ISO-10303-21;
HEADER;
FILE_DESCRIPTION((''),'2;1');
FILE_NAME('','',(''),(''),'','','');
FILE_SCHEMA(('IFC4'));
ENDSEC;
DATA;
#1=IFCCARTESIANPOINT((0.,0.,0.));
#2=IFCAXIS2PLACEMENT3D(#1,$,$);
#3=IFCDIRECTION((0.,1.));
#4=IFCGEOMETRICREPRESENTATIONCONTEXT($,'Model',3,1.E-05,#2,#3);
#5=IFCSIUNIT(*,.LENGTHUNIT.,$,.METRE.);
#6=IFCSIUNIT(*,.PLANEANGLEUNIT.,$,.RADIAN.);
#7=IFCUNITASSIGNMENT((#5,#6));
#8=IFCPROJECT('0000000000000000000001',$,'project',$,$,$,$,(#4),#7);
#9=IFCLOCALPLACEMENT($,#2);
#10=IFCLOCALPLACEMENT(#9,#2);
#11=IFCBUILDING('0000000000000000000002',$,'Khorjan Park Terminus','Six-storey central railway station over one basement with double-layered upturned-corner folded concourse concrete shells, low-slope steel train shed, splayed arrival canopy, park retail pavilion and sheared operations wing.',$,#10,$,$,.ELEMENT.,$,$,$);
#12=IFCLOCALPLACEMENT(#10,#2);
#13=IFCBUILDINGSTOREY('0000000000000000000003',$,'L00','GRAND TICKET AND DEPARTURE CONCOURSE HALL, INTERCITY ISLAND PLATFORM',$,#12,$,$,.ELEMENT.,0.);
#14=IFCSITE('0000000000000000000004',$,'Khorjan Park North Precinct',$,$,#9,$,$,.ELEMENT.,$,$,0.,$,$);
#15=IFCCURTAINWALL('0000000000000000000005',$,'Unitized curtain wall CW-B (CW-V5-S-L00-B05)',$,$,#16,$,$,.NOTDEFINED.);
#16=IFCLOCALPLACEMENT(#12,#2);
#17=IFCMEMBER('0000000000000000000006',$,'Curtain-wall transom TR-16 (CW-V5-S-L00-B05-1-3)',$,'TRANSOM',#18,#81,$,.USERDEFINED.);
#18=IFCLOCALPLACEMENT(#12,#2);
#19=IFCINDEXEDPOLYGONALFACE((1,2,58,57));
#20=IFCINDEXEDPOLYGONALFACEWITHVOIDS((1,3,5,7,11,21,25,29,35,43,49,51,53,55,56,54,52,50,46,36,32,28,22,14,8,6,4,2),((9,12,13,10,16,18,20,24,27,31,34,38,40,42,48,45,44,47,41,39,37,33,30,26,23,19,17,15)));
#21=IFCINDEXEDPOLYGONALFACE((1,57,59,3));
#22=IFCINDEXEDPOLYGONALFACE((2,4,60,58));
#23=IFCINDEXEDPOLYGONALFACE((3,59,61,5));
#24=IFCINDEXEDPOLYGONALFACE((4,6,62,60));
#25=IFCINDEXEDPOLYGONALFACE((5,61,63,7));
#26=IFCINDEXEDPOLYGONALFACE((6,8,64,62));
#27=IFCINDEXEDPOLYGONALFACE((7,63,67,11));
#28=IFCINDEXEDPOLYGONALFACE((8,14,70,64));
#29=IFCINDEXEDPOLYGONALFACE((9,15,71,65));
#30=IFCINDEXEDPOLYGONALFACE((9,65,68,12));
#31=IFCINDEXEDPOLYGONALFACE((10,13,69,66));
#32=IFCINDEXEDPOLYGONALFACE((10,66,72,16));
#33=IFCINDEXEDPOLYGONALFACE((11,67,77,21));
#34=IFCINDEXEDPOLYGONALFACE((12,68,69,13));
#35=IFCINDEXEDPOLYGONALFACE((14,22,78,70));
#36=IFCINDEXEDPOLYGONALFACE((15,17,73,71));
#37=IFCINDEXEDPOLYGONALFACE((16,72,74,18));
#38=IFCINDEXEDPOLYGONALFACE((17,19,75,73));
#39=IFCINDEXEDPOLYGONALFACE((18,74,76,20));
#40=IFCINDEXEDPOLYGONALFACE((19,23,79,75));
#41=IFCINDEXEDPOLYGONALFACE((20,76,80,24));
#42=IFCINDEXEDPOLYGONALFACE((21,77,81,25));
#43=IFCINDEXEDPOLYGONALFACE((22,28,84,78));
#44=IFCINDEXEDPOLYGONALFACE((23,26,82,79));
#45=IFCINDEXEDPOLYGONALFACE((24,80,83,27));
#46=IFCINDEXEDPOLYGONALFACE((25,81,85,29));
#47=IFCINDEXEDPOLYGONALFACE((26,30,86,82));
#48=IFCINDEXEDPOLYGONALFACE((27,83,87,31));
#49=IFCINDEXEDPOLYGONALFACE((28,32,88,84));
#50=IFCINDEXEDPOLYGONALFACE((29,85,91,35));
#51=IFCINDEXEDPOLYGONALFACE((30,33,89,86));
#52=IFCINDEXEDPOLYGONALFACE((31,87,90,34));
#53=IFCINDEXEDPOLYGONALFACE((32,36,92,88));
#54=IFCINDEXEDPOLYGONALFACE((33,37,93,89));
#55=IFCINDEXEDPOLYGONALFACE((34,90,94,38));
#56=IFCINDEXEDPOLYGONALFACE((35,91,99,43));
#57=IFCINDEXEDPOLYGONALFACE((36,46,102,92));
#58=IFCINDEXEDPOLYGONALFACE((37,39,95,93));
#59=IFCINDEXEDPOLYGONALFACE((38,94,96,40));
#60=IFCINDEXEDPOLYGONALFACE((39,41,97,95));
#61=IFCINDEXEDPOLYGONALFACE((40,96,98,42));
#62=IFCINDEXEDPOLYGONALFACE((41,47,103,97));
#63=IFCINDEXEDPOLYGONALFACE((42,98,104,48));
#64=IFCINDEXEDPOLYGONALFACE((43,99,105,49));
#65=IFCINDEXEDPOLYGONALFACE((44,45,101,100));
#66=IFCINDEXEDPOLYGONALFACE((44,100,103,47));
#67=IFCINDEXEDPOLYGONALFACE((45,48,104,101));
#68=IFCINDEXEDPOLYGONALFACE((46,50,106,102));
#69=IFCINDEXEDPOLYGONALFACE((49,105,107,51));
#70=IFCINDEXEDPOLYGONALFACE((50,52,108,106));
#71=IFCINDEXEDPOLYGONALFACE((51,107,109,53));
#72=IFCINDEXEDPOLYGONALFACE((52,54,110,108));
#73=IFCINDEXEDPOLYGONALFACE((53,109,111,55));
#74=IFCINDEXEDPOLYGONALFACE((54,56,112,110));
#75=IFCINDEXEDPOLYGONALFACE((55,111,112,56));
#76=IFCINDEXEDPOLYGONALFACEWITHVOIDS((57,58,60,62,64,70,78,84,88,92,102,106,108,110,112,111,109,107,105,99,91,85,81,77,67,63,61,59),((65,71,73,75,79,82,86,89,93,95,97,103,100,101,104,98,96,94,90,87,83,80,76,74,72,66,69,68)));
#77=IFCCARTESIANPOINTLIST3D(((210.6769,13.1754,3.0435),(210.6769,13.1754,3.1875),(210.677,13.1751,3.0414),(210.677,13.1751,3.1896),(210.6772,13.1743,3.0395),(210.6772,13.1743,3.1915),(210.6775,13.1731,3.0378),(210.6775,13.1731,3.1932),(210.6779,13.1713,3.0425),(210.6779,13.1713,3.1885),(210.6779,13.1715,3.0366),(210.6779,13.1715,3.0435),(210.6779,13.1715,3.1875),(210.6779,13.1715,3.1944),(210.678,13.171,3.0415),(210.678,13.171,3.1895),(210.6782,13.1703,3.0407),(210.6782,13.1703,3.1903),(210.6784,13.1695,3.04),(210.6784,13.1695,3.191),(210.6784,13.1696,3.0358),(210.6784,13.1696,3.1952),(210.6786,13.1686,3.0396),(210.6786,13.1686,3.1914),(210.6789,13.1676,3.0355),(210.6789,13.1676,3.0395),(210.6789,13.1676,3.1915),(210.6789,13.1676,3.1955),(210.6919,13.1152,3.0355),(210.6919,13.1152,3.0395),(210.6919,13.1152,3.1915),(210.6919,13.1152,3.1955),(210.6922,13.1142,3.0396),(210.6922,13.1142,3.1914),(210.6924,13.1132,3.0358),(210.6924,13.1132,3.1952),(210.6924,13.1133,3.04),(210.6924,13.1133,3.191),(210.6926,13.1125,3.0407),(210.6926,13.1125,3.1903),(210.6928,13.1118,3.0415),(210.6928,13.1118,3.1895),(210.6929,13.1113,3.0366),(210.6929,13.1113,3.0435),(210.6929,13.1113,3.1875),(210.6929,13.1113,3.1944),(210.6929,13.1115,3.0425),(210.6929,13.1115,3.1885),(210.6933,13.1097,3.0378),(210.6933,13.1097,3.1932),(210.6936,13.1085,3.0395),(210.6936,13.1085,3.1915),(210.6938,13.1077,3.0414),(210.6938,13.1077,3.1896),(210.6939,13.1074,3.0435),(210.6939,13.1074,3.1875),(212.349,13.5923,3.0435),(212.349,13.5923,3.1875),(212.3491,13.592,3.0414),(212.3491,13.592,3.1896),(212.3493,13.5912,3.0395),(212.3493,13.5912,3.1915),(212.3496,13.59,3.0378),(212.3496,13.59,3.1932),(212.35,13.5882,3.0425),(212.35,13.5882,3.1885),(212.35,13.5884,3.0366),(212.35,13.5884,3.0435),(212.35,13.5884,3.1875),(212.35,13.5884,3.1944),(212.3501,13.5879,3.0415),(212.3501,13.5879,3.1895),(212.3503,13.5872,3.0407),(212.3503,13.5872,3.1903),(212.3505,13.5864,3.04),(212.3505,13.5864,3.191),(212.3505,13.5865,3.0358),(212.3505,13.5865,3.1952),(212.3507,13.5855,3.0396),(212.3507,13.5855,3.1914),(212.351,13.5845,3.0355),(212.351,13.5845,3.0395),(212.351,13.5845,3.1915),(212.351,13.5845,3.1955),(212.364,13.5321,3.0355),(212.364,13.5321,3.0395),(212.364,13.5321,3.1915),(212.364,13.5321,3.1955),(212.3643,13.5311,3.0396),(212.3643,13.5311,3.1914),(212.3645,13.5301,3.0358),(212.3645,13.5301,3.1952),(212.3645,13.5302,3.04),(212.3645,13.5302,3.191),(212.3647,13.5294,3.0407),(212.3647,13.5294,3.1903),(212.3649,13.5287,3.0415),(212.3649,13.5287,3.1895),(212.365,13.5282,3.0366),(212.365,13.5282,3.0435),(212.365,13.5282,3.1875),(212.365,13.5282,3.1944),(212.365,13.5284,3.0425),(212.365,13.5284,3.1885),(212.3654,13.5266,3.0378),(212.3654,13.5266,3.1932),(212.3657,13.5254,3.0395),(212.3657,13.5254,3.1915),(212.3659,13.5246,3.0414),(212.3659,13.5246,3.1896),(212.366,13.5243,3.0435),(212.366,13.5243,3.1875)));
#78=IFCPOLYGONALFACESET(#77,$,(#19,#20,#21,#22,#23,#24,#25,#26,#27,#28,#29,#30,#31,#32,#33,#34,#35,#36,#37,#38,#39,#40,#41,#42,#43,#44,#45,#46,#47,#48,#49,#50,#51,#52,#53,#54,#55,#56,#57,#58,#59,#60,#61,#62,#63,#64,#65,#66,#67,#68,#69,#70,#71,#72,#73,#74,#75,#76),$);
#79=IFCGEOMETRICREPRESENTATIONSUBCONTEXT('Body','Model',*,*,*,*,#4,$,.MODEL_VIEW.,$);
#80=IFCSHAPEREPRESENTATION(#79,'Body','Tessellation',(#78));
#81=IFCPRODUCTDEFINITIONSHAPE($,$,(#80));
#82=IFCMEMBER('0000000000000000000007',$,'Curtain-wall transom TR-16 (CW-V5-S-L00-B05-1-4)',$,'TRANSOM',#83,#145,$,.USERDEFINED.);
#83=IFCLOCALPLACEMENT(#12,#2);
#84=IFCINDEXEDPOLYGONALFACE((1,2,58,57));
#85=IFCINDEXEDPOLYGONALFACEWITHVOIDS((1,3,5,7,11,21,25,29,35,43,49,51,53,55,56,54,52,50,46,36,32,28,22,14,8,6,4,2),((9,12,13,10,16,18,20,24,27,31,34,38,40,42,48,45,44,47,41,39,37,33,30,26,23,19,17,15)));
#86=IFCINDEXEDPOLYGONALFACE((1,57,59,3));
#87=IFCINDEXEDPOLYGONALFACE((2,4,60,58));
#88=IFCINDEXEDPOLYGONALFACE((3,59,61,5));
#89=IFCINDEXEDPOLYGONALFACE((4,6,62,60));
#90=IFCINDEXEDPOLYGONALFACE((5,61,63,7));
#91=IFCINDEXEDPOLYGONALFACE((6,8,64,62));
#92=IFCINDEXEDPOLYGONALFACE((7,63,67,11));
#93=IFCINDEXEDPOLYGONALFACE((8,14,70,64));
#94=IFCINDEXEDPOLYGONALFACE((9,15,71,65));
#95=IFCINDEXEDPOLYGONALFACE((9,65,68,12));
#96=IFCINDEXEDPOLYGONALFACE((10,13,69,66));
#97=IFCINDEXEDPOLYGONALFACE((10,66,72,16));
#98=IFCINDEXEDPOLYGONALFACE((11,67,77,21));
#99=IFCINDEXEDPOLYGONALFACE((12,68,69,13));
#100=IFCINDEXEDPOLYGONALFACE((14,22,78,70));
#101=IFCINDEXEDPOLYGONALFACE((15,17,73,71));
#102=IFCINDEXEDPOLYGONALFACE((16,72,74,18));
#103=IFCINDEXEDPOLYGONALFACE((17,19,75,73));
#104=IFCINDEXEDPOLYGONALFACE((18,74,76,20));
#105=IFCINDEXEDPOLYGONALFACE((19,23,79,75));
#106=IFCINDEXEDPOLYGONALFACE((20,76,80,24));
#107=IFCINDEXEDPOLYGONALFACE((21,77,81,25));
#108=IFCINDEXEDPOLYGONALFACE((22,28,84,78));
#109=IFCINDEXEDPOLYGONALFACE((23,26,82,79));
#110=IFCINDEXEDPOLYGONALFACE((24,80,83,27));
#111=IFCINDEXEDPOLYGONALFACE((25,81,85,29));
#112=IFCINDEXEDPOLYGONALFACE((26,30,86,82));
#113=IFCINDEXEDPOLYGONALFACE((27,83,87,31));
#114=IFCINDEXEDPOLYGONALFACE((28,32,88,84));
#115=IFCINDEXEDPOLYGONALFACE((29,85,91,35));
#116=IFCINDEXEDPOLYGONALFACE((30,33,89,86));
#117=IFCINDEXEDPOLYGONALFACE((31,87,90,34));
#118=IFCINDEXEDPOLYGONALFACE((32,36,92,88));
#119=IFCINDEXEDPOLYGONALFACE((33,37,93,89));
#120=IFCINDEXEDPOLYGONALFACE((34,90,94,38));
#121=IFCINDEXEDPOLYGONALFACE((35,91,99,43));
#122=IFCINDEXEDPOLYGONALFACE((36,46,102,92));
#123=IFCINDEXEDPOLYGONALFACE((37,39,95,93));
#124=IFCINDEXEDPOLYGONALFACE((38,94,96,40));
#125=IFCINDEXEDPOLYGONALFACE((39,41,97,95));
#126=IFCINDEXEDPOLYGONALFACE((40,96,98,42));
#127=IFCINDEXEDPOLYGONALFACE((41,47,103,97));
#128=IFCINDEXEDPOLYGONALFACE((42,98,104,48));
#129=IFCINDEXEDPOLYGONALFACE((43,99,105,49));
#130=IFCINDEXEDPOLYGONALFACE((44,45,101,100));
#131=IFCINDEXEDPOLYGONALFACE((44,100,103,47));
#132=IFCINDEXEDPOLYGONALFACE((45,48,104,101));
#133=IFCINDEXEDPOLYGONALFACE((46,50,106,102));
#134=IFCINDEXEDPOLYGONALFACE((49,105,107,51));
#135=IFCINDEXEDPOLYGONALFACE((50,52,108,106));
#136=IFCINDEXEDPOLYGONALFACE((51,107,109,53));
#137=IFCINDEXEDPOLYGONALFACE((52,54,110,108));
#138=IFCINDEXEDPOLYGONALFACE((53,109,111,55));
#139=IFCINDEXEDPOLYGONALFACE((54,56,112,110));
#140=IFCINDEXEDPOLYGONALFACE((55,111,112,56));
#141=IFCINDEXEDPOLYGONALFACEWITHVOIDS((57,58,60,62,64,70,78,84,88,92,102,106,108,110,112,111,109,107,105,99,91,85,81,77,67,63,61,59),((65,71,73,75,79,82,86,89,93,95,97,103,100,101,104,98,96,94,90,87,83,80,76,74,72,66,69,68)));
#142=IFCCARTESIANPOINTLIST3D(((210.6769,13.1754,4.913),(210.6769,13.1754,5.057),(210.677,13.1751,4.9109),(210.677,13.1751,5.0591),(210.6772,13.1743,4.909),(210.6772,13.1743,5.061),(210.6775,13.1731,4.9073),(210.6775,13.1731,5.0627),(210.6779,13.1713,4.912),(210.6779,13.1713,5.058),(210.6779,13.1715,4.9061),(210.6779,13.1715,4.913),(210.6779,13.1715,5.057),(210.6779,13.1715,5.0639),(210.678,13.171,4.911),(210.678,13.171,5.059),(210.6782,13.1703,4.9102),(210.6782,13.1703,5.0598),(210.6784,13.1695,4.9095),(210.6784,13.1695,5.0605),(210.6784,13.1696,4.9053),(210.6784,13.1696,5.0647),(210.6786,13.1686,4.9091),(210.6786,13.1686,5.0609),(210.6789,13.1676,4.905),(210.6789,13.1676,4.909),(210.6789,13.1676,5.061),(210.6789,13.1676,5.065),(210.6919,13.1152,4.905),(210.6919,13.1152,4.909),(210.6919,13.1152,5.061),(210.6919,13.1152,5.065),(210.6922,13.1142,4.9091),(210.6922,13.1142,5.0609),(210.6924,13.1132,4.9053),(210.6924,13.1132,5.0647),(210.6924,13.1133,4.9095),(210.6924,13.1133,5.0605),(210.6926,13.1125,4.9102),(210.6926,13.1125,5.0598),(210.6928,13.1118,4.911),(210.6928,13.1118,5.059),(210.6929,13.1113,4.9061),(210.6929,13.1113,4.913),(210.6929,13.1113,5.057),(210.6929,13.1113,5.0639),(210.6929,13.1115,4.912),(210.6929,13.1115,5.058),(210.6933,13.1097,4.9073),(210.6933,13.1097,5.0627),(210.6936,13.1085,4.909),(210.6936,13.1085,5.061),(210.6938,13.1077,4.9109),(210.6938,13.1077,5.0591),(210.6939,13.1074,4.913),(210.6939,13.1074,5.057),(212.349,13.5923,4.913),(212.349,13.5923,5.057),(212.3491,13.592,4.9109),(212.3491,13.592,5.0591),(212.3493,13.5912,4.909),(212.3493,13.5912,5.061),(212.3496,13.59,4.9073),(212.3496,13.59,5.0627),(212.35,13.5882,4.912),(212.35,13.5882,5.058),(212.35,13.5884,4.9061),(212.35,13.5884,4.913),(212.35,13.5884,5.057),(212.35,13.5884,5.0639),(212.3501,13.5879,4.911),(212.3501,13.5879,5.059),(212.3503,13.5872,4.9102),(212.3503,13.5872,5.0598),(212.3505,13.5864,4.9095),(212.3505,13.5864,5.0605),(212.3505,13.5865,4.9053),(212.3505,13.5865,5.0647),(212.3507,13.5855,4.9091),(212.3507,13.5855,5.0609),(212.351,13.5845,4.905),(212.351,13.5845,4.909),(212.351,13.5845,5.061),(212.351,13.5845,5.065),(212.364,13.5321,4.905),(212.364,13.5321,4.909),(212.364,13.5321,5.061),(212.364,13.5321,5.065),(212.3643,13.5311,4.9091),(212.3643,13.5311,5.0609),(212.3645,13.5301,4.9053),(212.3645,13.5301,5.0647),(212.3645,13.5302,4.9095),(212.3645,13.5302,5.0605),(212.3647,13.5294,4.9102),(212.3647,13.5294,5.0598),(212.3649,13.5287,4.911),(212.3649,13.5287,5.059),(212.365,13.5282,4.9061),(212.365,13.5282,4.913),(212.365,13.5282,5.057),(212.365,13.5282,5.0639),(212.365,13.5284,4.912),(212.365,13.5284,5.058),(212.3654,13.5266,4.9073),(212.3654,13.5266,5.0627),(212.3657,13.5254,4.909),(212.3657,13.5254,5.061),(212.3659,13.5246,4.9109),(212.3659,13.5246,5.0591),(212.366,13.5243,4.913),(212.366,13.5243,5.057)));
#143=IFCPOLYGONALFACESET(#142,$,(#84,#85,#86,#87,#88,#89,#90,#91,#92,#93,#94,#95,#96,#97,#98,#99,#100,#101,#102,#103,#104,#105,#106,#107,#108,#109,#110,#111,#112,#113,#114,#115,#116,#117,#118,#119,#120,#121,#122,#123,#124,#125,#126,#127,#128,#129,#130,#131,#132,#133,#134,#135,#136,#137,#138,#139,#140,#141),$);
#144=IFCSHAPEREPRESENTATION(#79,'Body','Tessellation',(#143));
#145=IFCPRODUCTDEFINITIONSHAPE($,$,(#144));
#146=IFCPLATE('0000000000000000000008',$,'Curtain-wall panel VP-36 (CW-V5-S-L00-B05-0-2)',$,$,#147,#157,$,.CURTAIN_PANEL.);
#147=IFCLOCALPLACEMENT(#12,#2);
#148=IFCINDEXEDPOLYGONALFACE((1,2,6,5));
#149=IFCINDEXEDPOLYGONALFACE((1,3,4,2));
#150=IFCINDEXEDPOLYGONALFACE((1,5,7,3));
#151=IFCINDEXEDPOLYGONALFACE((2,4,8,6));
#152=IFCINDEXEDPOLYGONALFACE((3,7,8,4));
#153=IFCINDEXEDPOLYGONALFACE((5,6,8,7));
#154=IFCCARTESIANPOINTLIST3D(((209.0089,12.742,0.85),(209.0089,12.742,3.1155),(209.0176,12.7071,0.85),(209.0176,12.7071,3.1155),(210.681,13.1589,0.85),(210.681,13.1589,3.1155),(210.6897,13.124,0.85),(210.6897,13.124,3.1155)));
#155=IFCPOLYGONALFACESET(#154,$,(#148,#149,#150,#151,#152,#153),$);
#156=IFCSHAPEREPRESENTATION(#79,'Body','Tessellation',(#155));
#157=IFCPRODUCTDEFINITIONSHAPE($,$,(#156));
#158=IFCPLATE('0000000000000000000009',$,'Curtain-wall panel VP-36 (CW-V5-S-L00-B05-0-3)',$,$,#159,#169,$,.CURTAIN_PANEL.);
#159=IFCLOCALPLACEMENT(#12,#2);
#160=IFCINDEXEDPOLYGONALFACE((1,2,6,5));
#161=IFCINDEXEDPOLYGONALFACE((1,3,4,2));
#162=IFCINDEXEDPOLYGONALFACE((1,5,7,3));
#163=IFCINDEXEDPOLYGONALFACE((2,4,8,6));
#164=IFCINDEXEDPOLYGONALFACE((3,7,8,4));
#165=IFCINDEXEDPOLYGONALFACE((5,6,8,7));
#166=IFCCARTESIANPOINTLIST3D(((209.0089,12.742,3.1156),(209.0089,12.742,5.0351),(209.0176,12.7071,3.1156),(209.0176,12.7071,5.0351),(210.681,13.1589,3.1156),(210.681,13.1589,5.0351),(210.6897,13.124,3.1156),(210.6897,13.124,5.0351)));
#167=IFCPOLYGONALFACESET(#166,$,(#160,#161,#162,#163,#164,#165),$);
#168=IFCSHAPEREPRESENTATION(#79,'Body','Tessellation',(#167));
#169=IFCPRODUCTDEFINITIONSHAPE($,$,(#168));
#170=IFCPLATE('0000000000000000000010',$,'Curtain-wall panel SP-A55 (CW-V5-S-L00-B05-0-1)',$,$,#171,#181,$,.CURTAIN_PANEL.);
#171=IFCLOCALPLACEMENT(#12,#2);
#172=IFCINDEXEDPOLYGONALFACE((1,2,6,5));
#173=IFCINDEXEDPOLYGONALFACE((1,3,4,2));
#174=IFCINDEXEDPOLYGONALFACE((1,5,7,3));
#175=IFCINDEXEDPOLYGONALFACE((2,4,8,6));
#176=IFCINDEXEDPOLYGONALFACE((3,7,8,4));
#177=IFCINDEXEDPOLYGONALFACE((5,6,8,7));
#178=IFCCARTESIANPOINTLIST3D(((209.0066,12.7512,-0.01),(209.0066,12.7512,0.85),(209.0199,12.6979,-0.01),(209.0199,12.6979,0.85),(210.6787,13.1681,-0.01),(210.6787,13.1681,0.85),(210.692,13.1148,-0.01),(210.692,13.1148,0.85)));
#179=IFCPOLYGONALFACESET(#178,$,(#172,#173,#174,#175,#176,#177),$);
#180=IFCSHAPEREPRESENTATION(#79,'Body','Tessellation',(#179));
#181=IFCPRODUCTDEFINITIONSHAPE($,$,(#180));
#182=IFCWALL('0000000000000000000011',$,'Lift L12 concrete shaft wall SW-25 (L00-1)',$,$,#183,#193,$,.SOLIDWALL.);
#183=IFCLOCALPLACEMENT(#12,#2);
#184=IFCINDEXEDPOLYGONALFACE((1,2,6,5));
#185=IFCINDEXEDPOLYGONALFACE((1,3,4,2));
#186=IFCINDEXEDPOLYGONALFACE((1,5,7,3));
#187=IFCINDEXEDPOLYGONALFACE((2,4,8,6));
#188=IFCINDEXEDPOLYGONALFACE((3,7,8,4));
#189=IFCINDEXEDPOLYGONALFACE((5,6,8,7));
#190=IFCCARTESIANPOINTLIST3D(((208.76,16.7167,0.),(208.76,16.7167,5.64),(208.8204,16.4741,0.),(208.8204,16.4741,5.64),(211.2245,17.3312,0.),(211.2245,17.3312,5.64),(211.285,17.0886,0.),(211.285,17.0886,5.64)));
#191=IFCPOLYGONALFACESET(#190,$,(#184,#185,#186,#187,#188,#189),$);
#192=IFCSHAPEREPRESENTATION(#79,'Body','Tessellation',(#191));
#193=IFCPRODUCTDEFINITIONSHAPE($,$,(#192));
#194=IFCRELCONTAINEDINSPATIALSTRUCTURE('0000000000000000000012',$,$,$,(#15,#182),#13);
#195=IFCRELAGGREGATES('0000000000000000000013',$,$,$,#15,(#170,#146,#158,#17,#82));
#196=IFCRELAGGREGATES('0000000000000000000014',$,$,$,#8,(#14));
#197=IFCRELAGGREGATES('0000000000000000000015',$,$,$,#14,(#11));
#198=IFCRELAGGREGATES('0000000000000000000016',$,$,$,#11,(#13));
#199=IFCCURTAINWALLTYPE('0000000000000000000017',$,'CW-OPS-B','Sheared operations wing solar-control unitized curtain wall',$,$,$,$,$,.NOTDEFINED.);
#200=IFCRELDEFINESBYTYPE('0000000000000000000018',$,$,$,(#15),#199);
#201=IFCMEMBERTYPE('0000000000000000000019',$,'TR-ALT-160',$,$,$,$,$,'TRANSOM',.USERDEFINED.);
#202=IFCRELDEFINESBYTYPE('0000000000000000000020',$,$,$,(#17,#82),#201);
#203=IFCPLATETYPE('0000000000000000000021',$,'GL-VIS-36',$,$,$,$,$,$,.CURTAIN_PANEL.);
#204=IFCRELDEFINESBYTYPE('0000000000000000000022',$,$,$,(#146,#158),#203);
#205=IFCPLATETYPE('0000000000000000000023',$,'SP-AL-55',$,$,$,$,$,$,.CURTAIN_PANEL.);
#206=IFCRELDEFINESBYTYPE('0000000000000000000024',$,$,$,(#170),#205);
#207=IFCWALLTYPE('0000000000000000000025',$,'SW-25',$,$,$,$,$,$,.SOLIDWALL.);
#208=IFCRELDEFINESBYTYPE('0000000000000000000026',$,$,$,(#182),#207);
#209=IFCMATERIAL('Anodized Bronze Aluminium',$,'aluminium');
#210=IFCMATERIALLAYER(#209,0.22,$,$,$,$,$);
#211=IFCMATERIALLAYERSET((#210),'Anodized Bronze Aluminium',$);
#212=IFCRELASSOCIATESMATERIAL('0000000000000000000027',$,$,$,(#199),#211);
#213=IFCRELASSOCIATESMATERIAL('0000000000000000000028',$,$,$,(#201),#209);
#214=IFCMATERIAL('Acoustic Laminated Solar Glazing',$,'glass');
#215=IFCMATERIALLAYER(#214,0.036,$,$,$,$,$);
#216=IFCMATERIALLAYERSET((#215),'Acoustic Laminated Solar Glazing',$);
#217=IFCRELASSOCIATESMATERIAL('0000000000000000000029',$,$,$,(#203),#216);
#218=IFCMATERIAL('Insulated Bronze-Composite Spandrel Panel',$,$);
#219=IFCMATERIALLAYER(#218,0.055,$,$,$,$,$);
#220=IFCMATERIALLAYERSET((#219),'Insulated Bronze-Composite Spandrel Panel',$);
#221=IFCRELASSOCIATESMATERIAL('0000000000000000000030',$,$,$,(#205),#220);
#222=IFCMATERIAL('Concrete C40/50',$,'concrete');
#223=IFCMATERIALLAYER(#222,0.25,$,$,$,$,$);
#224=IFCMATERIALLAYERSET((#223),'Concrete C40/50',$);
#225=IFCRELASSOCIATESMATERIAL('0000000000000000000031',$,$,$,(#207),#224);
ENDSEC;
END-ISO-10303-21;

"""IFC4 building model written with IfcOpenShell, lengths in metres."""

from ifc_helpers import new_model, si_unit, direction, frame, frame_2d, origin, origin_2d, place, context, subcontext, project, spatial, rectangle, hollow_rectangle, extrude, material, layer, layer_set, material_profile, profile_set, type_object, element, aggregate, save


model = new_model("IFC4")

# Units and contexts
model_context = context("Model", 3, precision=1e-05, world=origin(), true_north=direction((0.0, 1.0)))
body_context = subcontext(model_context, "Body", "Model", "MODEL_VIEW")
ifc_project = project(units=[si_unit("LENGTHUNIT", "METRE"), si_unit("PLANEANGLEUNIT", "RADIAN")], contexts=[model_context])

# Site, building, storey
site_placement = place(None, origin())
site = spatial("IfcSite", under=ifc_project, at=site_placement, Name="Khorjan Park North Precinct", CompositionType="ELEMENT", RefElevation=0.0)
building_placement = place(site_placement, origin())
building = spatial("IfcBuilding", under=site, at=building_placement, Name="Khorjan Park Terminus", Description="Six-storey central railway station over one basement with double-layered upturned-corner folded concourse concrete shells, low-slope steel train shed, splayed arrival canopy, park retail pavilion and sheared operations wing.", CompositionType="ELEMENT")
storey_placement = place(building_placement, origin())
storey = spatial("IfcBuildingStorey", under=building, at=storey_placement, Name="L00", Description="GRAND TICKET AND DEPARTURE CONCOURSE HALL, INTERCITY ISLAND PLATFORM", CompositionType="ELEMENT", Elevation=0.0)

# Shared definitions
ifc_material_1 = material(Name="Concrete C40/50", Category="concrete")

# Curtain wall, members, plates
ifc_material_2 = material(Name="Anodized Bronze Aluminium", Category="aluminium")
ifc_layer_1 = layer(ifc_material_2, 0.22)
ifc_layer_set_1 = layer_set([ifc_layer_1], Name="Anodized Bronze Aluminium")
curtain_wall_type = type_object("IfcCurtainWallType", Name="CW-OPS-B", Description="Sheared operations wing solar-control unitized curtain wall", PredefinedType="NOTDEFINED", material=ifc_layer_set_1)
curtain_wall_placement = place(storey_placement, origin())
curtain_wall = element("IfcCurtainWall", 1, at=curtain_wall_placement, inside=storey, type_object=curtain_wall_type, Name="Unitized curtain wall CW-B (CW-V5-S-L00-B05)", PredefinedType="NOTDEFINED")
ifc_material_profile_1 = material_profile(ifc_material_2, hollow_rectangle(XDim=0.07, YDim=0.16, WallThickness=0.004, InnerFilletRadius=0.004, OuterFilletRadius=0.008, at=origin_2d()), Name="ALT 70x160x4")
ifc_profile_set_1 = profile_set([ifc_material_profile_1], Name="Anodized Bronze Aluminium")
member_type_1 = type_object("IfcMemberType", Name="TR-ALT-160", ElementType="TRANSOM", PredefinedType="USERDEFINED", material=ifc_profile_set_1)
member_1_placement = place(storey_placement, frame((210.6854, 13.1414, 3.1155), z_axis=(0.970296, 0.241921, 0.0), x_axis=(-0.241921, 0.970296, 0.0)))
member_1 = element("IfcMember", 2, at=member_1_placement, type_object=member_type_1, Name="Curtain-wall transom TR-16 (CW-V5-S-L00-B05-1-3)", ObjectType="TRANSOM", PredefinedType="USERDEFINED", context=body_context, shape_type="SweptSolid", body=[
    extrude(hollow_rectangle(XDim=0.07, YDim=0.16, WallThickness=0.004, InnerFilletRadius=0.004, OuterFilletRadius=0.008, at=origin_2d()), origin(), (0.0, 0.0, 1.0), 1.7233),
])
member_2_placement = place(storey_placement, frame((210.6854, 13.1414, 4.985), z_axis=(0.970296, 0.241921, 0.0), x_axis=(-0.241921, 0.970296, 0.0)))
member_2 = element("IfcMember", 3, at=member_2_placement, type_object=member_type_1, Name="Curtain-wall transom TR-16 (CW-V5-S-L00-B05-1-4)", ObjectType="TRANSOM", PredefinedType="USERDEFINED", context=body_context, shape_type="SweptSolid", body=[
    extrude(hollow_rectangle(XDim=0.07, YDim=0.16, WallThickness=0.004, InnerFilletRadius=0.004, OuterFilletRadius=0.008, at=origin_2d()), origin(), (0.0, 0.0, 1.0), 1.7233),
])
ifc_material_3 = material(Name="Acoustic Laminated Solar Glazing", Category="glass")
ifc_layer_2 = layer(ifc_material_3, 0.036)
ifc_layer_set_2 = layer_set([ifc_layer_2], Name="Acoustic Laminated Solar Glazing")
plate_type_1 = type_object("IfcPlateType", Name="GL-VIS-36", PredefinedType="CURTAIN_PANEL", material=ifc_layer_set_2)
plate_1_placement = place(storey_placement, frame((209.8493, 12.933, 0.85), z_axis=(0.0, 0.0, 1.0), x_axis=(0.970298, 0.241912, 0.0)))
plate_1 = element("IfcPlate", 4, at=plate_1_placement, type_object=plate_type_1, Name="Curtain-wall panel VP-36 (CW-V5-S-L00-B05-0-2)", PredefinedType="CURTAIN_PANEL", context=body_context, shape_type="SweptSolid", body=[
    extrude(rectangle(XDim=1.7233, YDim=0.036, at=origin_2d()), origin(), (0.0, 0.0, 1.0), 2.2655),
])
plate_2_placement = place(storey_placement, frame((209.8493, 12.933, 3.1156), z_axis=(0.0, 0.0, 1.0), x_axis=(0.970298, 0.241912, 0.0)))
plate_2 = element("IfcPlate", 5, at=plate_2_placement, type_object=plate_type_1, Name="Curtain-wall panel VP-36 (CW-V5-S-L00-B05-0-3)", PredefinedType="CURTAIN_PANEL", context=body_context, shape_type="SweptSolid", body=[
    extrude(rectangle(XDim=1.7233, YDim=0.036, at=origin_2d()), origin(), (0.0, 0.0, 1.0), 1.9195),
])
ifc_material_4 = material(Name="Insulated Bronze-Composite Spandrel Panel")
ifc_layer_3 = layer(ifc_material_4, 0.055)
ifc_layer_set_3 = layer_set([ifc_layer_3], Name="Insulated Bronze-Composite Spandrel Panel")
plate_type_2 = type_object("IfcPlateType", Name="SP-AL-55", PredefinedType="CURTAIN_PANEL", material=ifc_layer_set_3)
plate_3_placement = place(storey_placement, frame((209.8493, 12.933, -0.01), z_axis=(0.0, 0.0, 1.0), x_axis=(0.970298, 0.241912, 0.0)))
plate_3 = element("IfcPlate", 6, at=plate_3_placement, type_object=plate_type_2, Name="Curtain-wall panel SP-A55 (CW-V5-S-L00-B05-0-1)", PredefinedType="CURTAIN_PANEL", context=body_context, shape_type="SweptSolid", body=[
    extrude(rectangle(XDim=1.7233, YDim=0.055, at=origin_2d()), origin(), (0.0, 0.0, 1.0), 0.86),
])
aggregate(curtain_wall, [plate_3, plate_1, plate_2, member_1, member_2])

# Wall
ifc_layer_4 = layer(ifc_material_1, 0.25)
ifc_layer_set_4 = layer_set([ifc_layer_4], Name="Concrete C40/50")
wall_type = type_object("IfcWallType", Name="SW-25", PredefinedType="SOLIDWALL", material=ifc_layer_set_4)
wall_1_placement = place(storey_placement, frame((208.7902, 16.5954, 0.0), z_axis=(0.0, 0.0, 1.0), x_axis=(0.970293, 0.241933, 0.0)))
element("IfcWall", 7, at=wall_1_placement, inside=storey, type_object=wall_type, Name="Lift L12 concrete shaft wall SW-25 (L00-1)", PredefinedType="SOLIDWALL", context=body_context, shape_type="SweptSolid", body=[
    extrude(rectangle(XDim=2.54, YDim=0.25, at=frame_2d((1.27, 0.0))), origin(), (0.0, 0.0, 1.0), 5.64),
])

save(model, "model.ifc")
